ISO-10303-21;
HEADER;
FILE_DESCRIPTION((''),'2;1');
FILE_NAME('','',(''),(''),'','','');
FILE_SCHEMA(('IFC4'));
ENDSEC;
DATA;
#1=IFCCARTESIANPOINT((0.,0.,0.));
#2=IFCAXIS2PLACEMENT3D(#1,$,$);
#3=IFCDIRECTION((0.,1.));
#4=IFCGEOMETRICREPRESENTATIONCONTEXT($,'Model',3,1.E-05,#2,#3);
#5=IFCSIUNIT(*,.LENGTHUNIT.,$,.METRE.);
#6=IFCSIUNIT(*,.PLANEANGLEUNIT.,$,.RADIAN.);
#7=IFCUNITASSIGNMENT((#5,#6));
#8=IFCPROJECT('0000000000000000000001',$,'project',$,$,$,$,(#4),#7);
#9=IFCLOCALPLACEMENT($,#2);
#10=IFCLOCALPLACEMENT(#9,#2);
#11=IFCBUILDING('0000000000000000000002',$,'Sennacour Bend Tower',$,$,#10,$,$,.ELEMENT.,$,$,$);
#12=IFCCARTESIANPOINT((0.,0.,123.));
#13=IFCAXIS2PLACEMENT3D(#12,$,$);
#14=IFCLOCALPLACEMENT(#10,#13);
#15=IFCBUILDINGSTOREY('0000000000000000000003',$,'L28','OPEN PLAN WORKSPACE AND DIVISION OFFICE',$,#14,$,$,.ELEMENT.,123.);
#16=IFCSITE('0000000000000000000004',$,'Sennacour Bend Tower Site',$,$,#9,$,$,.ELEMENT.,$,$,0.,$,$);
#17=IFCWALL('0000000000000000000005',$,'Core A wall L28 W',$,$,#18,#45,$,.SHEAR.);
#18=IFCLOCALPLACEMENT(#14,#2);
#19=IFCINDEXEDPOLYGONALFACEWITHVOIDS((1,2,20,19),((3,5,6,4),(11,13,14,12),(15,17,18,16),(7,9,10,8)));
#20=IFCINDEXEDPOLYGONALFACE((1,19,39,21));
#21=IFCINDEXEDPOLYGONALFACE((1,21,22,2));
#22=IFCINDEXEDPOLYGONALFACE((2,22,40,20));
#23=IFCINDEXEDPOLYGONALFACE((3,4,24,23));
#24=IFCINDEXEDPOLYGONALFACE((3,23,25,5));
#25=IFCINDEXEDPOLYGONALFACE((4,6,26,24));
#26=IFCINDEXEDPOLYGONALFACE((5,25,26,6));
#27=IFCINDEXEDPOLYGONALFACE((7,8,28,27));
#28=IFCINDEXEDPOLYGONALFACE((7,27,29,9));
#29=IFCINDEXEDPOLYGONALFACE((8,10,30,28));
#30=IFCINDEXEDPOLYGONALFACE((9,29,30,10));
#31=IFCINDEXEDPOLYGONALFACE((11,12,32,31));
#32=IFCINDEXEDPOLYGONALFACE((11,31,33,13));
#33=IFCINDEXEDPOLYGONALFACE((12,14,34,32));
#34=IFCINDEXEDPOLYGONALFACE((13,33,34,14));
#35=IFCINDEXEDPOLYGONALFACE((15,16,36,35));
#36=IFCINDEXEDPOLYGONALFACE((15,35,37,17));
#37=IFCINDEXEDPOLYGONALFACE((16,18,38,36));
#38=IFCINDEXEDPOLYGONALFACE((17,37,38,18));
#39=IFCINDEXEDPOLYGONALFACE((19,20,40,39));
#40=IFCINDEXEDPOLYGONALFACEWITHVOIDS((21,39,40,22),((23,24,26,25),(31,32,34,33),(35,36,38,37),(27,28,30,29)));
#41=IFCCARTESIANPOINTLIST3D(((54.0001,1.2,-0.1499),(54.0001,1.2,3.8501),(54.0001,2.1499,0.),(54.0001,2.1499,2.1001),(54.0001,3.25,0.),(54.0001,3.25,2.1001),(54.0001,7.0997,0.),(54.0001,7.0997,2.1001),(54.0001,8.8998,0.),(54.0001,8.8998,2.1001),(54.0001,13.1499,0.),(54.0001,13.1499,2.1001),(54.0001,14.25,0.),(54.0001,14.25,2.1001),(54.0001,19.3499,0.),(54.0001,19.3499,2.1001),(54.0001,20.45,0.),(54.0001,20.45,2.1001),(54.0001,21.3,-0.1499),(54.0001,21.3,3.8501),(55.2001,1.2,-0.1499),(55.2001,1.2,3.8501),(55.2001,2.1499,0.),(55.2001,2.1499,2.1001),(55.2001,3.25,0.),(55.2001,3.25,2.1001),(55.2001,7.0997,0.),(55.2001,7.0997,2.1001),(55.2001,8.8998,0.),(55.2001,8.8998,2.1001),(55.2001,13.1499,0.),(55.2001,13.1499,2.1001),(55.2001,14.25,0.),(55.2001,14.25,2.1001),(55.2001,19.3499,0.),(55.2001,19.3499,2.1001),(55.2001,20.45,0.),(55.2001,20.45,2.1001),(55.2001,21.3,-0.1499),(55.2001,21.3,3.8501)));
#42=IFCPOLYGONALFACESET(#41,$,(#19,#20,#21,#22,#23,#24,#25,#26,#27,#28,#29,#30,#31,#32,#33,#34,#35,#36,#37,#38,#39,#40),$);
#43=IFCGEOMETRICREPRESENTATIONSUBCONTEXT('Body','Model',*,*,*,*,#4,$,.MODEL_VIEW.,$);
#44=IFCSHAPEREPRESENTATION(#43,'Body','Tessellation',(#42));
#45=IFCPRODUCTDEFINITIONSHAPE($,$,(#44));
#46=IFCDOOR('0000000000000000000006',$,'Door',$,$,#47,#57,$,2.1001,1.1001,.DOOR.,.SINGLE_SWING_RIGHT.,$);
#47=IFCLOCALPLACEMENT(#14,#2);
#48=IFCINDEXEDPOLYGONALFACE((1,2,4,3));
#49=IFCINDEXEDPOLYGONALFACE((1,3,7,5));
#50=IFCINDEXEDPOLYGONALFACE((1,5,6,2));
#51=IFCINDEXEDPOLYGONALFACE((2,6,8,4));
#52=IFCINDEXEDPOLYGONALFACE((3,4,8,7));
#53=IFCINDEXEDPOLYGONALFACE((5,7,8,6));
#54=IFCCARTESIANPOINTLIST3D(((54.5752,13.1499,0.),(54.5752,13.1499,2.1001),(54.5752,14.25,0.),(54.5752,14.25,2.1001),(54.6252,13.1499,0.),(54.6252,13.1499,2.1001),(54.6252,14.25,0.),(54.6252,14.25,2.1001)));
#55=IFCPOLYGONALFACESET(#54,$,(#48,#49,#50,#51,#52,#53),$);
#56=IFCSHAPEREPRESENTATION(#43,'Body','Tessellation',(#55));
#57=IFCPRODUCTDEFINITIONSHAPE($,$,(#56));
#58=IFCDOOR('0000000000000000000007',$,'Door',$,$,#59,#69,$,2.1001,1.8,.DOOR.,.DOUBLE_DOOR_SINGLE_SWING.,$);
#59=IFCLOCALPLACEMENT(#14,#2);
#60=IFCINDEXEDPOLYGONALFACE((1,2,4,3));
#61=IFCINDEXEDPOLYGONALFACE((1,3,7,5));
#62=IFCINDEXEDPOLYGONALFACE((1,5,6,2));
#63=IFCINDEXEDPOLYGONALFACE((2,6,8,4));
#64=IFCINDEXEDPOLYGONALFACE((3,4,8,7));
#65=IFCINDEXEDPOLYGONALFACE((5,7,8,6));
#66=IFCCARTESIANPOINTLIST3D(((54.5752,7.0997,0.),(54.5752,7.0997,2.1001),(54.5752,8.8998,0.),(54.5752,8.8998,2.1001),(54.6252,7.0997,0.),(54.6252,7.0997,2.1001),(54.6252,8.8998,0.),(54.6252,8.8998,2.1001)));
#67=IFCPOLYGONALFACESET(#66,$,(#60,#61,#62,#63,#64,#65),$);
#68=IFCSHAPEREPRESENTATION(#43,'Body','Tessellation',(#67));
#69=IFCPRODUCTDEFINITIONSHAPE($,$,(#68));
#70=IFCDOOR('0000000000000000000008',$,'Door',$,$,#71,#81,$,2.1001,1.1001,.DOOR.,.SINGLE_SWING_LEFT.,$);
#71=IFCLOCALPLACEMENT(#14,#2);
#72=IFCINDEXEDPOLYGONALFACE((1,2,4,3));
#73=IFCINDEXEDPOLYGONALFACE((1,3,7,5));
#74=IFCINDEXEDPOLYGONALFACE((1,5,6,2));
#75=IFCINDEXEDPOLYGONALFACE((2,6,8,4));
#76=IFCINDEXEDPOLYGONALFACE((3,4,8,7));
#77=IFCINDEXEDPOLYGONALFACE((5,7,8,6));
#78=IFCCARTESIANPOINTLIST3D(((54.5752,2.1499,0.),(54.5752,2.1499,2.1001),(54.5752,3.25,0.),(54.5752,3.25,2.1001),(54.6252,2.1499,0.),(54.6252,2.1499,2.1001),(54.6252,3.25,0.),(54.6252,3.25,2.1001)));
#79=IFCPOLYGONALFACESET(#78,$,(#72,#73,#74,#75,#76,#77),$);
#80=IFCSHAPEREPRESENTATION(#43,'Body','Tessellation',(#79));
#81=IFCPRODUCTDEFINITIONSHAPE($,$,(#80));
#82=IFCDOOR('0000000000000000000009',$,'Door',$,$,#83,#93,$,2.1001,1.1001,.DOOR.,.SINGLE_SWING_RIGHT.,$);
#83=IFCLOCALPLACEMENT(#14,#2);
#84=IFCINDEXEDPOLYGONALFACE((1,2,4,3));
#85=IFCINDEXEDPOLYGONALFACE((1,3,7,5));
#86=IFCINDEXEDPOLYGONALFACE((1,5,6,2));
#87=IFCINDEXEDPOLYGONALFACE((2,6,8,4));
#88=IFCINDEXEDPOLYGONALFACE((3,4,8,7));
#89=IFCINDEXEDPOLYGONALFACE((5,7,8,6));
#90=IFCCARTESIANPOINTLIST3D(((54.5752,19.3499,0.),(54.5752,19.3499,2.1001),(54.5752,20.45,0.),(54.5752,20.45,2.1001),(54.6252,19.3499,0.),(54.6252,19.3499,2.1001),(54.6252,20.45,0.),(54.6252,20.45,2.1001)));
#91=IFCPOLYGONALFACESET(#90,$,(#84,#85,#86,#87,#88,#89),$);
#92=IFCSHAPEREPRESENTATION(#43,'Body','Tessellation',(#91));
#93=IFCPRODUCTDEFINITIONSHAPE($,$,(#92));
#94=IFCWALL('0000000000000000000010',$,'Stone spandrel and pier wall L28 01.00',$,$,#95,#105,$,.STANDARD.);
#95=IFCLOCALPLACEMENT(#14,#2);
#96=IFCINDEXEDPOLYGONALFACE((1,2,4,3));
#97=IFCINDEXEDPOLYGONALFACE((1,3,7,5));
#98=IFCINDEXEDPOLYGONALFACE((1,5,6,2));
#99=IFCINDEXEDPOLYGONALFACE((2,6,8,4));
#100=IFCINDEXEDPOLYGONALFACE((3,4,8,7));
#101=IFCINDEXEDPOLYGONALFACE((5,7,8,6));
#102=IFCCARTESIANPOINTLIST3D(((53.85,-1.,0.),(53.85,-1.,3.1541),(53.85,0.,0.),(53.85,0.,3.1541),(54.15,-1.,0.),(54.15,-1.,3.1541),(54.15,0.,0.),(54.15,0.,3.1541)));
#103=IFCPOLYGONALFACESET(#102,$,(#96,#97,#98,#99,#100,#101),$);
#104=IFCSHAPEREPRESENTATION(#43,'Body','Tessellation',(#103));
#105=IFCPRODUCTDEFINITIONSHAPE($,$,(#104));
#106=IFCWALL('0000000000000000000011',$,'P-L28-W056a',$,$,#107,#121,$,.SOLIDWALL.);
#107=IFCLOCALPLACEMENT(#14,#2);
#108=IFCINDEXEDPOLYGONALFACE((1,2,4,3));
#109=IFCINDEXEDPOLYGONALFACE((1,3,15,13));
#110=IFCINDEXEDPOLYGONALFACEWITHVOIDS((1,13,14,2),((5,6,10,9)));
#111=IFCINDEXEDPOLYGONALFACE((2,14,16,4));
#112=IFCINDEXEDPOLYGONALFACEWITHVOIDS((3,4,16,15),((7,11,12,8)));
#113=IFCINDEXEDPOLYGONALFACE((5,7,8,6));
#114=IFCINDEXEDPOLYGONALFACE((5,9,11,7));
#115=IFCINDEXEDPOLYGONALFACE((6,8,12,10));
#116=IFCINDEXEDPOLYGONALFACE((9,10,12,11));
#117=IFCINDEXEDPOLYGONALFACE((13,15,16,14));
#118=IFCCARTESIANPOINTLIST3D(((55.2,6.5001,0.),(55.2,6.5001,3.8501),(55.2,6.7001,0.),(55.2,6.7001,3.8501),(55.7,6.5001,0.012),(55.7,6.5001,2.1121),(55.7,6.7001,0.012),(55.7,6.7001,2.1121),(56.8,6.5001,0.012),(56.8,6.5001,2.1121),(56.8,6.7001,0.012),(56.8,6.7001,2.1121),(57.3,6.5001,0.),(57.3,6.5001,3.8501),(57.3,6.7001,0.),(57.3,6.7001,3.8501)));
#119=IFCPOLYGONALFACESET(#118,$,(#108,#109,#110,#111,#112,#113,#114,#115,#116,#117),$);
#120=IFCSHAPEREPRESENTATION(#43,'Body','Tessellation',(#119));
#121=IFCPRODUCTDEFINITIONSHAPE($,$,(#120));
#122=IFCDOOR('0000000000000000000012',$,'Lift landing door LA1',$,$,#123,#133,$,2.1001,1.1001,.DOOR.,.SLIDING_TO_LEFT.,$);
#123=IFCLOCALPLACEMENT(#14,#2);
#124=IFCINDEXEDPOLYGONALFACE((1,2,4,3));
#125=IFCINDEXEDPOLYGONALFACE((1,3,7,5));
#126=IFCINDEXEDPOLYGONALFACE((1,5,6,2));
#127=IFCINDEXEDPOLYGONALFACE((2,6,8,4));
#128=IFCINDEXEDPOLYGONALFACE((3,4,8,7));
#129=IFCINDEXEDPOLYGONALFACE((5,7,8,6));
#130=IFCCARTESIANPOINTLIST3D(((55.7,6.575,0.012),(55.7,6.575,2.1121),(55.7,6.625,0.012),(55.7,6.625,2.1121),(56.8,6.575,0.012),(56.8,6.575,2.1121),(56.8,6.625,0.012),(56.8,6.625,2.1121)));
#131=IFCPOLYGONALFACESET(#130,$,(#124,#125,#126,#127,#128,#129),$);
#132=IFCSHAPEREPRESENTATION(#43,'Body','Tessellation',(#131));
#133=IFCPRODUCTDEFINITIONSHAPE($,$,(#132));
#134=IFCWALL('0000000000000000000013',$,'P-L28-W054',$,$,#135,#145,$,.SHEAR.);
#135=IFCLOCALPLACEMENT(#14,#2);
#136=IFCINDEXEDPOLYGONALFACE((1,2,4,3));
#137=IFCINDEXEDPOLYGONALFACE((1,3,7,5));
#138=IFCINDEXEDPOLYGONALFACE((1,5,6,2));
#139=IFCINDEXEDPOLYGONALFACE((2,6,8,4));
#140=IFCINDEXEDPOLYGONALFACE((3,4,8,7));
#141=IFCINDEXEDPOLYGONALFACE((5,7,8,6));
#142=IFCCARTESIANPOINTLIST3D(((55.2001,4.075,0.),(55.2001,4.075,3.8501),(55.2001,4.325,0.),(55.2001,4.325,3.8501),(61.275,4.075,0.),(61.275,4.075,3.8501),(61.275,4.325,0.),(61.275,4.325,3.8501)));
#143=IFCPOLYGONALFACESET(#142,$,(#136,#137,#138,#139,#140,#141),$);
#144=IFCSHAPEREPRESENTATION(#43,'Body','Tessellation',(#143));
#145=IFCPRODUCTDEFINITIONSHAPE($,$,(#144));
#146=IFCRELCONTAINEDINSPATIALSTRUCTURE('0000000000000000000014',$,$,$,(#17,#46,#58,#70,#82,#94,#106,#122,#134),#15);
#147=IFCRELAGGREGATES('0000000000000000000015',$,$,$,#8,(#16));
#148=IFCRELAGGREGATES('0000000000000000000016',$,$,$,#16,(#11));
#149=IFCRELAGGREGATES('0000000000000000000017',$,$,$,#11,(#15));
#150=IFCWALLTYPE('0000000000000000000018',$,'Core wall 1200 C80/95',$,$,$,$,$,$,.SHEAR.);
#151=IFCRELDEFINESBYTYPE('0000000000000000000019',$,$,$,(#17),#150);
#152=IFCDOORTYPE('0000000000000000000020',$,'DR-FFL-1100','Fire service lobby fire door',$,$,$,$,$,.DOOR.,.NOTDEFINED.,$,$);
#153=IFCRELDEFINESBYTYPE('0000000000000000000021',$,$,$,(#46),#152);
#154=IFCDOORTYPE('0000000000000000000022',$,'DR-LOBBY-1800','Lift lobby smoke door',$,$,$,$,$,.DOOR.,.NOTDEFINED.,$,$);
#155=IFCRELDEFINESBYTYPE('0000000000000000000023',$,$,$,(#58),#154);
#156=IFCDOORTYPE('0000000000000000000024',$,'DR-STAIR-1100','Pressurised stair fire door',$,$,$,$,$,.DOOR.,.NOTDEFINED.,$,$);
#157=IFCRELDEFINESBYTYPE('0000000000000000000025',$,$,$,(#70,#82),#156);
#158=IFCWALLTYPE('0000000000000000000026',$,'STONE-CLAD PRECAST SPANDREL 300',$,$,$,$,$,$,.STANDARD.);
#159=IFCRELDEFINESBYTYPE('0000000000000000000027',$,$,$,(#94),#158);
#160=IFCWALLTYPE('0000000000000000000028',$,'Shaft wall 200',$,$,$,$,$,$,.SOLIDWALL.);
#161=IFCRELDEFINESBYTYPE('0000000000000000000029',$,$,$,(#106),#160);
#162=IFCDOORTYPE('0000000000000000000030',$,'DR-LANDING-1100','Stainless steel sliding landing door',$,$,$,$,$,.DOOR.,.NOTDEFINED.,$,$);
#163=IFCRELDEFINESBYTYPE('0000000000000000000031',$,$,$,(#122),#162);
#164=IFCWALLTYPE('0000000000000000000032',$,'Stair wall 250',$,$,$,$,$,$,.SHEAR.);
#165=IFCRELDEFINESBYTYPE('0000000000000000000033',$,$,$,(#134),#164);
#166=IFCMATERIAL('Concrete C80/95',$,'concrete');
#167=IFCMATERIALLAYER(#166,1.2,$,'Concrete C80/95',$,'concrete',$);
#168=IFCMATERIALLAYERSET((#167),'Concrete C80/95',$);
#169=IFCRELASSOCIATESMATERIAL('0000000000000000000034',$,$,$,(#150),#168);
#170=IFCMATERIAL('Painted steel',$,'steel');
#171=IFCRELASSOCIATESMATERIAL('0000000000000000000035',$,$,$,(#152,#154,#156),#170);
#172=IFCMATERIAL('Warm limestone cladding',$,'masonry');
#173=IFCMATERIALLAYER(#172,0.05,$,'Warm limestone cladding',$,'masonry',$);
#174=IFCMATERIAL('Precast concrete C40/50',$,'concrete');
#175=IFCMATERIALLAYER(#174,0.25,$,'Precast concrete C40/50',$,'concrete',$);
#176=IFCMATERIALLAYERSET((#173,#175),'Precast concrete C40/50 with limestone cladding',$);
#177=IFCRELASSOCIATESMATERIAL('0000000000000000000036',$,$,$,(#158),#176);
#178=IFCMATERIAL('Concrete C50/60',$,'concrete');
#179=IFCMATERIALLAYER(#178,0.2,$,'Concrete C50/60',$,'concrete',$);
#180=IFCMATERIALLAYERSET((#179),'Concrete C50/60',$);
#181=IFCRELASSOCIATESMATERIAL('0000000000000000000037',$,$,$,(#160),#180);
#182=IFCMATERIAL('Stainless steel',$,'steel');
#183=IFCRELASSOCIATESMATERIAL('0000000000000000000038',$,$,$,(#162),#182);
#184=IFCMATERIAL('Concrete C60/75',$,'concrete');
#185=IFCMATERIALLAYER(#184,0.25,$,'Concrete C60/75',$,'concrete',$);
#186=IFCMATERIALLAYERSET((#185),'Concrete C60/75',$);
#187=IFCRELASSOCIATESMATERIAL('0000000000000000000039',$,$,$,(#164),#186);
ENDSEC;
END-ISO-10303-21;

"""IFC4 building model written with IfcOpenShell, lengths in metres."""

from ifc_helpers import new_model, si_unit, direction, frame, frame_2d, origin, place, context, subcontext, project, spatial, rectangle, extrude, material, layer, layer_set, type_object, element, fill, save


model = new_model("IFC4")

# Units and contexts
model_context = context("Model", 3, precision=1e-05, world=origin(), true_north=direction((0.0, 1.0)))
body_context = subcontext(model_context, "Body", "Model", "MODEL_VIEW")
ifc_project = project(units=[si_unit("LENGTHUNIT", "METRE"), si_unit("PLANEANGLEUNIT", "RADIAN")], contexts=[model_context])

# Site, building, storey
site_placement = place(None, origin())
site = spatial("IfcSite", under=ifc_project, at=site_placement, Name="Sennacour Bend Tower Site", CompositionType="ELEMENT", RefElevation=0.0)
building_placement = place(site_placement, origin())
building = spatial("IfcBuilding", under=site, at=building_placement, Name="Sennacour Bend Tower", CompositionType="ELEMENT")
storey_placement = place(building_placement, frame((0.0, 0.0, 123.0)))
storey = spatial("IfcBuildingStorey", under=building, at=storey_placement, Name="L28", Description="OPEN PLAN WORKSPACE AND DIVISION OFFICE", CompositionType="ELEMENT", Elevation=123.0)

# Wall, openings, doors
ifc_material_1 = material(Name="Concrete C80/95", Category="concrete")
ifc_layer_1 = layer(ifc_material_1, 1.2, Name="Concrete C80/95", Category="concrete")
ifc_layer_set_1 = layer_set([ifc_layer_1], Name="Concrete C80/95")
wall_type_1 = type_object("IfcWallType", Name="Core wall 1200 C80/95", PredefinedType="SHEAR", material=ifc_layer_set_1)
wall_1_placement = place(storey_placement, frame((54.6001, 1.2, -0.1499), z_axis=(0.0, 0.0, 1.0), x_axis=(0.0, 1.0, 0.0)))
wall_1 = element("IfcWall", 1, at=wall_1_placement, inside=storey, type_object=wall_type_1, Name="Core A wall L28 W", PredefinedType="SHEAR", context=body_context, shape_type="SweptSolid", body=[
    extrude(rectangle(XDim=20.1001, YDim=1.2, at=frame_2d((10.05, 0.0))), origin(), (0.0, 0.0, 1.0), 4.0),
])
opening_1_placement = place(wall_1_placement, frame((5.8999, 0.0, 0.1499)))
opening_1 = element("IfcOpeningElement", 2, at=opening_1_placement, cuts=wall_1, PredefinedType="OPENING", context=body_context, shape_type="SweptSolid", body=[
    extrude(rectangle(XDim=1.8, YDim=2.1001, at=frame_2d((0.8999, 1.05))), frame((0.0, 0.6099, 0.0), z_axis=(0.0, -1.0, 0.0), x_axis=(1.0, 0.0, 0.0)), (0.0, 0.0, 1.0), 1.22),
])
opening_2_placement = place(wall_1_placement, frame((11.95, 0.0, 0.1499)))
opening_2 = element("IfcOpeningElement", 3, at=opening_2_placement, cuts=wall_1, PredefinedType="OPENING", context=body_context, shape_type="SweptSolid", body=[
    extrude(rectangle(XDim=1.1001, YDim=2.1001, at=frame_2d((0.55, 1.05))), frame((0.0, 0.6099, 0.0), z_axis=(0.0, -1.0, 0.0), x_axis=(1.0, 0.0, 0.0)), (0.0, 0.0, 1.0), 1.22),
])
opening_3_placement = place(wall_1_placement, frame((0.95, 0.0, 0.1499)))
opening_3 = element("IfcOpeningElement", 4, at=opening_3_placement, cuts=wall_1, PredefinedType="OPENING", context=body_context, shape_type="SweptSolid", body=[
    extrude(rectangle(XDim=1.1001, YDim=2.1001, at=frame_2d((0.55, 1.05))), frame((0.0, 0.6099, 0.0), z_axis=(0.0, -1.0, 0.0), x_axis=(1.0, 0.0, 0.0)), (0.0, 0.0, 1.0), 1.22),
])
opening_4_placement = place(wall_1_placement, frame((18.1499, 0.0, 0.1499)))
opening_4 = element("IfcOpeningElement", 5, at=opening_4_placement, cuts=wall_1, PredefinedType="OPENING", context=body_context, shape_type="SweptSolid", body=[
    extrude(rectangle(XDim=1.1001, YDim=2.1001, at=frame_2d((0.55, 1.05))), frame((0.0, 0.6099, 0.0), z_axis=(0.0, -1.0, 0.0), x_axis=(1.0, 0.0, 0.0)), (0.0, 0.0, 1.0), 1.22),
])
ifc_material_2 = material(Name="Painted steel", Category="steel")
door_type_1 = type_object("IfcDoorType", Name="DR-FFL-1100", Description="Fire service lobby fire door", OperationType="NOTDEFINED", PredefinedType="DOOR", material=ifc_material_2)
door_1_placement = place(opening_2_placement, origin())
door_1 = element("IfcDoor", 6, at=door_1_placement, inside=storey, type_object=door_type_1, Name="Door", OperationType="SINGLE_SWING_RIGHT", OverallHeight=2.1001, OverallWidth=1.1001, PredefinedType="DOOR", context=body_context, shape_type="SweptSolid", body=[
    extrude(rectangle(XDim=1.1001, YDim=2.1001, at=frame_2d((0.55, 1.05))), frame((0.0, 0.0249, 0.0), z_axis=(0.0, -1.0, 0.0), x_axis=(1.0, 0.0, 0.0)), (0.0, 0.0, 1.0), 0.05),
])
fill(opening_2, door_1)
door_type_2 = type_object("IfcDoorType", Name="DR-LOBBY-1800", Description="Lift lobby smoke door", OperationType="NOTDEFINED", PredefinedType="DOOR", material=ifc_material_2)
door_2_placement = place(opening_1_placement, origin())
door_2 = element("IfcDoor", 7, at=door_2_placement, inside=storey, type_object=door_type_2, Name="Door", OperationType="DOUBLE_DOOR_SINGLE_SWING", OverallHeight=2.1001, OverallWidth=1.8, PredefinedType="DOOR", context=body_context, shape_type="SweptSolid", body=[
    extrude(rectangle(XDim=1.8, YDim=2.1001, at=frame_2d((0.8999, 1.05))), frame((0.0, 0.0249, 0.0), z_axis=(0.0, -1.0, 0.0), x_axis=(1.0, 0.0, 0.0)), (0.0, 0.0, 1.0), 0.05),
])
fill(opening_1, door_2)
door_type_3 = type_object("IfcDoorType", Name="DR-STAIR-1100", Description="Pressurised stair fire door", OperationType="NOTDEFINED", PredefinedType="DOOR", material=ifc_material_2)
door_3_placement = place(opening_3_placement, origin())
door_3 = element("IfcDoor", 8, at=door_3_placement, inside=storey, type_object=door_type_3, Name="Door", OperationType="SINGLE_SWING_LEFT", OverallHeight=2.1001, OverallWidth=1.1001, PredefinedType="DOOR", context=body_context, shape_type="SweptSolid", body=[
    extrude(rectangle(XDim=1.1001, YDim=2.1001, at=frame_2d((0.55, 1.05))), frame((0.0, 0.0249, 0.0), z_axis=(0.0, -1.0, 0.0), x_axis=(1.0, 0.0, 0.0)), (0.0, 0.0, 1.0), 0.05),
])
fill(opening_3, door_3)
door_4_placement = place(opening_4_placement, origin())
door_4 = element("IfcDoor", 9, at=door_4_placement, inside=storey, type_object=door_type_3, Name="Door", OperationType="SINGLE_SWING_RIGHT", OverallHeight=2.1001, OverallWidth=1.1001, PredefinedType="DOOR", context=body_context, shape_type="SweptSolid", body=[
    extrude(rectangle(XDim=1.1001, YDim=2.1001, at=frame_2d((0.55, 1.05))), frame((0.0, 0.0249, 0.0), z_axis=(0.0, -1.0, 0.0), x_axis=(1.0, 0.0, 0.0)), (0.0, 0.0, 1.0), 0.05),
])
fill(opening_4, door_4)

# Wall
ifc_material_3 = material(Name="Warm limestone cladding", Category="masonry")
ifc_layer_2 = layer(ifc_material_3, 0.05, Name="Warm limestone cladding", Category="masonry")
ifc_material_4 = material(Name="Precast concrete C40/50", Category="concrete")
ifc_layer_3 = layer(ifc_material_4, 0.25, Name="Precast concrete C40/50", Category="concrete")
ifc_layer_set_2 = layer_set([ifc_layer_2, ifc_layer_3], Name="Precast concrete C40/50 with limestone cladding")
wall_type_2 = type_object("IfcWallType", Name="STONE-CLAD PRECAST SPANDREL 300", PredefinedType="STANDARD", material=ifc_layer_set_2)
wall_2_placement = place(storey_placement, frame((54.0, -1.0, 0.0), z_axis=(0.0, 0.0, 1.0), x_axis=(0.0, 1.0, 0.0)))
element("IfcWall", 10, at=wall_2_placement, inside=storey, type_object=wall_type_2, Name="Stone spandrel and pier wall L28 01.00", PredefinedType="STANDARD", context=body_context, shape_type="SweptSolid", body=[
    extrude(rectangle(XDim=1.0, YDim=0.3, at=frame_2d((0.5, 0.0))), origin(), (0.0, 0.0, 1.0), 3.1541),
])

# Wall, opening, door
ifc_material_5 = material(Name="Concrete C50/60", Category="concrete")
ifc_layer_4 = layer(ifc_material_5, 0.2, Name="Concrete C50/60", Category="concrete")
ifc_layer_set_3 = layer_set([ifc_layer_4], Name="Concrete C50/60")
wall_type_3 = type_object("IfcWallType", Name="Shaft wall 200", PredefinedType="SOLIDWALL", material=ifc_layer_set_3)
wall_3_placement = place(storey_placement, frame((55.2, 6.6001, 0.0), z_axis=(0.0, 0.0, 1.0), x_axis=(1.0, 0.0, 0.0)))
wall_3 = element("IfcWall", 11, at=wall_3_placement, inside=storey, type_object=wall_type_3, Name="P-L28-W056a", PredefinedType="SOLIDWALL", context=body_context, shape_type="SweptSolid", body=[
    extrude(rectangle(XDim=2.1001, YDim=0.2, at=frame_2d((1.05, 0.0))), origin(), (0.0, 0.0, 1.0), 3.8501),
])
opening_5_placement = place(wall_3_placement, frame((0.5, 0.0, 0.012)))
opening_5 = element("IfcOpeningElement", 12, at=opening_5_placement, cuts=wall_3, PredefinedType="OPENING", context=body_context, shape_type="SweptSolid", body=[
    extrude(rectangle(XDim=1.1001, YDim=2.1001, at=frame_2d((0.55, 1.05))), frame((0.0, 0.1099, 0.0), z_axis=(0.0, -1.0, 0.0), x_axis=(1.0, 0.0, 0.0)), (0.0, 0.0, 1.0), 0.22),
])
ifc_material_6 = material(Name="Stainless steel", Category="steel")
door_type_4 = type_object("IfcDoorType", Name="DR-LANDING-1100", Description="Stainless steel sliding landing door", OperationType="NOTDEFINED", PredefinedType="DOOR", material=ifc_material_6)
door_5_placement = place(opening_5_placement, origin())
door_5 = element("IfcDoor", 13, at=door_5_placement, inside=storey, type_object=door_type_4, Name="Lift landing door LA1", OperationType="SLIDING_TO_LEFT", OverallHeight=2.1001, OverallWidth=1.1001, PredefinedType="DOOR", context=body_context, shape_type="SweptSolid", body=[
    extrude(rectangle(XDim=1.1001, YDim=2.1001, at=frame_2d((0.55, 1.05))), frame((0.0, 0.0249, 0.0), z_axis=(0.0, -1.0, 0.0), x_axis=(1.0, 0.0, 0.0)), (0.0, 0.0, 1.0), 0.05),
])
fill(opening_5, door_5)

# Wall
ifc_material_7 = material(Name="Concrete C60/75", Category="concrete")
ifc_layer_5 = layer(ifc_material_7, 0.25, Name="Concrete C60/75", Category="concrete")
ifc_layer_set_4 = layer_set([ifc_layer_5], Name="Concrete C60/75")
wall_type_4 = type_object("IfcWallType", Name="Stair wall 250", PredefinedType="SHEAR", material=ifc_layer_set_4)
wall_4_placement = place(storey_placement, frame((55.2, 4.2, 0.0), z_axis=(0.0, 0.0, 1.0), x_axis=(1.0, 0.0, 0.0)))
element("IfcWall", 14, at=wall_4_placement, inside=storey, type_object=wall_type_4, Name="P-L28-W054", PredefinedType="SHEAR", context=body_context, shape_type="SweptSolid", body=[
    extrude(rectangle(XDim=6.075, YDim=0.25, at=frame_2d((3.0376, 0.0))), origin(), (0.0, 0.0, 1.0), 3.8501),
])

save(model, "model.ifc")
